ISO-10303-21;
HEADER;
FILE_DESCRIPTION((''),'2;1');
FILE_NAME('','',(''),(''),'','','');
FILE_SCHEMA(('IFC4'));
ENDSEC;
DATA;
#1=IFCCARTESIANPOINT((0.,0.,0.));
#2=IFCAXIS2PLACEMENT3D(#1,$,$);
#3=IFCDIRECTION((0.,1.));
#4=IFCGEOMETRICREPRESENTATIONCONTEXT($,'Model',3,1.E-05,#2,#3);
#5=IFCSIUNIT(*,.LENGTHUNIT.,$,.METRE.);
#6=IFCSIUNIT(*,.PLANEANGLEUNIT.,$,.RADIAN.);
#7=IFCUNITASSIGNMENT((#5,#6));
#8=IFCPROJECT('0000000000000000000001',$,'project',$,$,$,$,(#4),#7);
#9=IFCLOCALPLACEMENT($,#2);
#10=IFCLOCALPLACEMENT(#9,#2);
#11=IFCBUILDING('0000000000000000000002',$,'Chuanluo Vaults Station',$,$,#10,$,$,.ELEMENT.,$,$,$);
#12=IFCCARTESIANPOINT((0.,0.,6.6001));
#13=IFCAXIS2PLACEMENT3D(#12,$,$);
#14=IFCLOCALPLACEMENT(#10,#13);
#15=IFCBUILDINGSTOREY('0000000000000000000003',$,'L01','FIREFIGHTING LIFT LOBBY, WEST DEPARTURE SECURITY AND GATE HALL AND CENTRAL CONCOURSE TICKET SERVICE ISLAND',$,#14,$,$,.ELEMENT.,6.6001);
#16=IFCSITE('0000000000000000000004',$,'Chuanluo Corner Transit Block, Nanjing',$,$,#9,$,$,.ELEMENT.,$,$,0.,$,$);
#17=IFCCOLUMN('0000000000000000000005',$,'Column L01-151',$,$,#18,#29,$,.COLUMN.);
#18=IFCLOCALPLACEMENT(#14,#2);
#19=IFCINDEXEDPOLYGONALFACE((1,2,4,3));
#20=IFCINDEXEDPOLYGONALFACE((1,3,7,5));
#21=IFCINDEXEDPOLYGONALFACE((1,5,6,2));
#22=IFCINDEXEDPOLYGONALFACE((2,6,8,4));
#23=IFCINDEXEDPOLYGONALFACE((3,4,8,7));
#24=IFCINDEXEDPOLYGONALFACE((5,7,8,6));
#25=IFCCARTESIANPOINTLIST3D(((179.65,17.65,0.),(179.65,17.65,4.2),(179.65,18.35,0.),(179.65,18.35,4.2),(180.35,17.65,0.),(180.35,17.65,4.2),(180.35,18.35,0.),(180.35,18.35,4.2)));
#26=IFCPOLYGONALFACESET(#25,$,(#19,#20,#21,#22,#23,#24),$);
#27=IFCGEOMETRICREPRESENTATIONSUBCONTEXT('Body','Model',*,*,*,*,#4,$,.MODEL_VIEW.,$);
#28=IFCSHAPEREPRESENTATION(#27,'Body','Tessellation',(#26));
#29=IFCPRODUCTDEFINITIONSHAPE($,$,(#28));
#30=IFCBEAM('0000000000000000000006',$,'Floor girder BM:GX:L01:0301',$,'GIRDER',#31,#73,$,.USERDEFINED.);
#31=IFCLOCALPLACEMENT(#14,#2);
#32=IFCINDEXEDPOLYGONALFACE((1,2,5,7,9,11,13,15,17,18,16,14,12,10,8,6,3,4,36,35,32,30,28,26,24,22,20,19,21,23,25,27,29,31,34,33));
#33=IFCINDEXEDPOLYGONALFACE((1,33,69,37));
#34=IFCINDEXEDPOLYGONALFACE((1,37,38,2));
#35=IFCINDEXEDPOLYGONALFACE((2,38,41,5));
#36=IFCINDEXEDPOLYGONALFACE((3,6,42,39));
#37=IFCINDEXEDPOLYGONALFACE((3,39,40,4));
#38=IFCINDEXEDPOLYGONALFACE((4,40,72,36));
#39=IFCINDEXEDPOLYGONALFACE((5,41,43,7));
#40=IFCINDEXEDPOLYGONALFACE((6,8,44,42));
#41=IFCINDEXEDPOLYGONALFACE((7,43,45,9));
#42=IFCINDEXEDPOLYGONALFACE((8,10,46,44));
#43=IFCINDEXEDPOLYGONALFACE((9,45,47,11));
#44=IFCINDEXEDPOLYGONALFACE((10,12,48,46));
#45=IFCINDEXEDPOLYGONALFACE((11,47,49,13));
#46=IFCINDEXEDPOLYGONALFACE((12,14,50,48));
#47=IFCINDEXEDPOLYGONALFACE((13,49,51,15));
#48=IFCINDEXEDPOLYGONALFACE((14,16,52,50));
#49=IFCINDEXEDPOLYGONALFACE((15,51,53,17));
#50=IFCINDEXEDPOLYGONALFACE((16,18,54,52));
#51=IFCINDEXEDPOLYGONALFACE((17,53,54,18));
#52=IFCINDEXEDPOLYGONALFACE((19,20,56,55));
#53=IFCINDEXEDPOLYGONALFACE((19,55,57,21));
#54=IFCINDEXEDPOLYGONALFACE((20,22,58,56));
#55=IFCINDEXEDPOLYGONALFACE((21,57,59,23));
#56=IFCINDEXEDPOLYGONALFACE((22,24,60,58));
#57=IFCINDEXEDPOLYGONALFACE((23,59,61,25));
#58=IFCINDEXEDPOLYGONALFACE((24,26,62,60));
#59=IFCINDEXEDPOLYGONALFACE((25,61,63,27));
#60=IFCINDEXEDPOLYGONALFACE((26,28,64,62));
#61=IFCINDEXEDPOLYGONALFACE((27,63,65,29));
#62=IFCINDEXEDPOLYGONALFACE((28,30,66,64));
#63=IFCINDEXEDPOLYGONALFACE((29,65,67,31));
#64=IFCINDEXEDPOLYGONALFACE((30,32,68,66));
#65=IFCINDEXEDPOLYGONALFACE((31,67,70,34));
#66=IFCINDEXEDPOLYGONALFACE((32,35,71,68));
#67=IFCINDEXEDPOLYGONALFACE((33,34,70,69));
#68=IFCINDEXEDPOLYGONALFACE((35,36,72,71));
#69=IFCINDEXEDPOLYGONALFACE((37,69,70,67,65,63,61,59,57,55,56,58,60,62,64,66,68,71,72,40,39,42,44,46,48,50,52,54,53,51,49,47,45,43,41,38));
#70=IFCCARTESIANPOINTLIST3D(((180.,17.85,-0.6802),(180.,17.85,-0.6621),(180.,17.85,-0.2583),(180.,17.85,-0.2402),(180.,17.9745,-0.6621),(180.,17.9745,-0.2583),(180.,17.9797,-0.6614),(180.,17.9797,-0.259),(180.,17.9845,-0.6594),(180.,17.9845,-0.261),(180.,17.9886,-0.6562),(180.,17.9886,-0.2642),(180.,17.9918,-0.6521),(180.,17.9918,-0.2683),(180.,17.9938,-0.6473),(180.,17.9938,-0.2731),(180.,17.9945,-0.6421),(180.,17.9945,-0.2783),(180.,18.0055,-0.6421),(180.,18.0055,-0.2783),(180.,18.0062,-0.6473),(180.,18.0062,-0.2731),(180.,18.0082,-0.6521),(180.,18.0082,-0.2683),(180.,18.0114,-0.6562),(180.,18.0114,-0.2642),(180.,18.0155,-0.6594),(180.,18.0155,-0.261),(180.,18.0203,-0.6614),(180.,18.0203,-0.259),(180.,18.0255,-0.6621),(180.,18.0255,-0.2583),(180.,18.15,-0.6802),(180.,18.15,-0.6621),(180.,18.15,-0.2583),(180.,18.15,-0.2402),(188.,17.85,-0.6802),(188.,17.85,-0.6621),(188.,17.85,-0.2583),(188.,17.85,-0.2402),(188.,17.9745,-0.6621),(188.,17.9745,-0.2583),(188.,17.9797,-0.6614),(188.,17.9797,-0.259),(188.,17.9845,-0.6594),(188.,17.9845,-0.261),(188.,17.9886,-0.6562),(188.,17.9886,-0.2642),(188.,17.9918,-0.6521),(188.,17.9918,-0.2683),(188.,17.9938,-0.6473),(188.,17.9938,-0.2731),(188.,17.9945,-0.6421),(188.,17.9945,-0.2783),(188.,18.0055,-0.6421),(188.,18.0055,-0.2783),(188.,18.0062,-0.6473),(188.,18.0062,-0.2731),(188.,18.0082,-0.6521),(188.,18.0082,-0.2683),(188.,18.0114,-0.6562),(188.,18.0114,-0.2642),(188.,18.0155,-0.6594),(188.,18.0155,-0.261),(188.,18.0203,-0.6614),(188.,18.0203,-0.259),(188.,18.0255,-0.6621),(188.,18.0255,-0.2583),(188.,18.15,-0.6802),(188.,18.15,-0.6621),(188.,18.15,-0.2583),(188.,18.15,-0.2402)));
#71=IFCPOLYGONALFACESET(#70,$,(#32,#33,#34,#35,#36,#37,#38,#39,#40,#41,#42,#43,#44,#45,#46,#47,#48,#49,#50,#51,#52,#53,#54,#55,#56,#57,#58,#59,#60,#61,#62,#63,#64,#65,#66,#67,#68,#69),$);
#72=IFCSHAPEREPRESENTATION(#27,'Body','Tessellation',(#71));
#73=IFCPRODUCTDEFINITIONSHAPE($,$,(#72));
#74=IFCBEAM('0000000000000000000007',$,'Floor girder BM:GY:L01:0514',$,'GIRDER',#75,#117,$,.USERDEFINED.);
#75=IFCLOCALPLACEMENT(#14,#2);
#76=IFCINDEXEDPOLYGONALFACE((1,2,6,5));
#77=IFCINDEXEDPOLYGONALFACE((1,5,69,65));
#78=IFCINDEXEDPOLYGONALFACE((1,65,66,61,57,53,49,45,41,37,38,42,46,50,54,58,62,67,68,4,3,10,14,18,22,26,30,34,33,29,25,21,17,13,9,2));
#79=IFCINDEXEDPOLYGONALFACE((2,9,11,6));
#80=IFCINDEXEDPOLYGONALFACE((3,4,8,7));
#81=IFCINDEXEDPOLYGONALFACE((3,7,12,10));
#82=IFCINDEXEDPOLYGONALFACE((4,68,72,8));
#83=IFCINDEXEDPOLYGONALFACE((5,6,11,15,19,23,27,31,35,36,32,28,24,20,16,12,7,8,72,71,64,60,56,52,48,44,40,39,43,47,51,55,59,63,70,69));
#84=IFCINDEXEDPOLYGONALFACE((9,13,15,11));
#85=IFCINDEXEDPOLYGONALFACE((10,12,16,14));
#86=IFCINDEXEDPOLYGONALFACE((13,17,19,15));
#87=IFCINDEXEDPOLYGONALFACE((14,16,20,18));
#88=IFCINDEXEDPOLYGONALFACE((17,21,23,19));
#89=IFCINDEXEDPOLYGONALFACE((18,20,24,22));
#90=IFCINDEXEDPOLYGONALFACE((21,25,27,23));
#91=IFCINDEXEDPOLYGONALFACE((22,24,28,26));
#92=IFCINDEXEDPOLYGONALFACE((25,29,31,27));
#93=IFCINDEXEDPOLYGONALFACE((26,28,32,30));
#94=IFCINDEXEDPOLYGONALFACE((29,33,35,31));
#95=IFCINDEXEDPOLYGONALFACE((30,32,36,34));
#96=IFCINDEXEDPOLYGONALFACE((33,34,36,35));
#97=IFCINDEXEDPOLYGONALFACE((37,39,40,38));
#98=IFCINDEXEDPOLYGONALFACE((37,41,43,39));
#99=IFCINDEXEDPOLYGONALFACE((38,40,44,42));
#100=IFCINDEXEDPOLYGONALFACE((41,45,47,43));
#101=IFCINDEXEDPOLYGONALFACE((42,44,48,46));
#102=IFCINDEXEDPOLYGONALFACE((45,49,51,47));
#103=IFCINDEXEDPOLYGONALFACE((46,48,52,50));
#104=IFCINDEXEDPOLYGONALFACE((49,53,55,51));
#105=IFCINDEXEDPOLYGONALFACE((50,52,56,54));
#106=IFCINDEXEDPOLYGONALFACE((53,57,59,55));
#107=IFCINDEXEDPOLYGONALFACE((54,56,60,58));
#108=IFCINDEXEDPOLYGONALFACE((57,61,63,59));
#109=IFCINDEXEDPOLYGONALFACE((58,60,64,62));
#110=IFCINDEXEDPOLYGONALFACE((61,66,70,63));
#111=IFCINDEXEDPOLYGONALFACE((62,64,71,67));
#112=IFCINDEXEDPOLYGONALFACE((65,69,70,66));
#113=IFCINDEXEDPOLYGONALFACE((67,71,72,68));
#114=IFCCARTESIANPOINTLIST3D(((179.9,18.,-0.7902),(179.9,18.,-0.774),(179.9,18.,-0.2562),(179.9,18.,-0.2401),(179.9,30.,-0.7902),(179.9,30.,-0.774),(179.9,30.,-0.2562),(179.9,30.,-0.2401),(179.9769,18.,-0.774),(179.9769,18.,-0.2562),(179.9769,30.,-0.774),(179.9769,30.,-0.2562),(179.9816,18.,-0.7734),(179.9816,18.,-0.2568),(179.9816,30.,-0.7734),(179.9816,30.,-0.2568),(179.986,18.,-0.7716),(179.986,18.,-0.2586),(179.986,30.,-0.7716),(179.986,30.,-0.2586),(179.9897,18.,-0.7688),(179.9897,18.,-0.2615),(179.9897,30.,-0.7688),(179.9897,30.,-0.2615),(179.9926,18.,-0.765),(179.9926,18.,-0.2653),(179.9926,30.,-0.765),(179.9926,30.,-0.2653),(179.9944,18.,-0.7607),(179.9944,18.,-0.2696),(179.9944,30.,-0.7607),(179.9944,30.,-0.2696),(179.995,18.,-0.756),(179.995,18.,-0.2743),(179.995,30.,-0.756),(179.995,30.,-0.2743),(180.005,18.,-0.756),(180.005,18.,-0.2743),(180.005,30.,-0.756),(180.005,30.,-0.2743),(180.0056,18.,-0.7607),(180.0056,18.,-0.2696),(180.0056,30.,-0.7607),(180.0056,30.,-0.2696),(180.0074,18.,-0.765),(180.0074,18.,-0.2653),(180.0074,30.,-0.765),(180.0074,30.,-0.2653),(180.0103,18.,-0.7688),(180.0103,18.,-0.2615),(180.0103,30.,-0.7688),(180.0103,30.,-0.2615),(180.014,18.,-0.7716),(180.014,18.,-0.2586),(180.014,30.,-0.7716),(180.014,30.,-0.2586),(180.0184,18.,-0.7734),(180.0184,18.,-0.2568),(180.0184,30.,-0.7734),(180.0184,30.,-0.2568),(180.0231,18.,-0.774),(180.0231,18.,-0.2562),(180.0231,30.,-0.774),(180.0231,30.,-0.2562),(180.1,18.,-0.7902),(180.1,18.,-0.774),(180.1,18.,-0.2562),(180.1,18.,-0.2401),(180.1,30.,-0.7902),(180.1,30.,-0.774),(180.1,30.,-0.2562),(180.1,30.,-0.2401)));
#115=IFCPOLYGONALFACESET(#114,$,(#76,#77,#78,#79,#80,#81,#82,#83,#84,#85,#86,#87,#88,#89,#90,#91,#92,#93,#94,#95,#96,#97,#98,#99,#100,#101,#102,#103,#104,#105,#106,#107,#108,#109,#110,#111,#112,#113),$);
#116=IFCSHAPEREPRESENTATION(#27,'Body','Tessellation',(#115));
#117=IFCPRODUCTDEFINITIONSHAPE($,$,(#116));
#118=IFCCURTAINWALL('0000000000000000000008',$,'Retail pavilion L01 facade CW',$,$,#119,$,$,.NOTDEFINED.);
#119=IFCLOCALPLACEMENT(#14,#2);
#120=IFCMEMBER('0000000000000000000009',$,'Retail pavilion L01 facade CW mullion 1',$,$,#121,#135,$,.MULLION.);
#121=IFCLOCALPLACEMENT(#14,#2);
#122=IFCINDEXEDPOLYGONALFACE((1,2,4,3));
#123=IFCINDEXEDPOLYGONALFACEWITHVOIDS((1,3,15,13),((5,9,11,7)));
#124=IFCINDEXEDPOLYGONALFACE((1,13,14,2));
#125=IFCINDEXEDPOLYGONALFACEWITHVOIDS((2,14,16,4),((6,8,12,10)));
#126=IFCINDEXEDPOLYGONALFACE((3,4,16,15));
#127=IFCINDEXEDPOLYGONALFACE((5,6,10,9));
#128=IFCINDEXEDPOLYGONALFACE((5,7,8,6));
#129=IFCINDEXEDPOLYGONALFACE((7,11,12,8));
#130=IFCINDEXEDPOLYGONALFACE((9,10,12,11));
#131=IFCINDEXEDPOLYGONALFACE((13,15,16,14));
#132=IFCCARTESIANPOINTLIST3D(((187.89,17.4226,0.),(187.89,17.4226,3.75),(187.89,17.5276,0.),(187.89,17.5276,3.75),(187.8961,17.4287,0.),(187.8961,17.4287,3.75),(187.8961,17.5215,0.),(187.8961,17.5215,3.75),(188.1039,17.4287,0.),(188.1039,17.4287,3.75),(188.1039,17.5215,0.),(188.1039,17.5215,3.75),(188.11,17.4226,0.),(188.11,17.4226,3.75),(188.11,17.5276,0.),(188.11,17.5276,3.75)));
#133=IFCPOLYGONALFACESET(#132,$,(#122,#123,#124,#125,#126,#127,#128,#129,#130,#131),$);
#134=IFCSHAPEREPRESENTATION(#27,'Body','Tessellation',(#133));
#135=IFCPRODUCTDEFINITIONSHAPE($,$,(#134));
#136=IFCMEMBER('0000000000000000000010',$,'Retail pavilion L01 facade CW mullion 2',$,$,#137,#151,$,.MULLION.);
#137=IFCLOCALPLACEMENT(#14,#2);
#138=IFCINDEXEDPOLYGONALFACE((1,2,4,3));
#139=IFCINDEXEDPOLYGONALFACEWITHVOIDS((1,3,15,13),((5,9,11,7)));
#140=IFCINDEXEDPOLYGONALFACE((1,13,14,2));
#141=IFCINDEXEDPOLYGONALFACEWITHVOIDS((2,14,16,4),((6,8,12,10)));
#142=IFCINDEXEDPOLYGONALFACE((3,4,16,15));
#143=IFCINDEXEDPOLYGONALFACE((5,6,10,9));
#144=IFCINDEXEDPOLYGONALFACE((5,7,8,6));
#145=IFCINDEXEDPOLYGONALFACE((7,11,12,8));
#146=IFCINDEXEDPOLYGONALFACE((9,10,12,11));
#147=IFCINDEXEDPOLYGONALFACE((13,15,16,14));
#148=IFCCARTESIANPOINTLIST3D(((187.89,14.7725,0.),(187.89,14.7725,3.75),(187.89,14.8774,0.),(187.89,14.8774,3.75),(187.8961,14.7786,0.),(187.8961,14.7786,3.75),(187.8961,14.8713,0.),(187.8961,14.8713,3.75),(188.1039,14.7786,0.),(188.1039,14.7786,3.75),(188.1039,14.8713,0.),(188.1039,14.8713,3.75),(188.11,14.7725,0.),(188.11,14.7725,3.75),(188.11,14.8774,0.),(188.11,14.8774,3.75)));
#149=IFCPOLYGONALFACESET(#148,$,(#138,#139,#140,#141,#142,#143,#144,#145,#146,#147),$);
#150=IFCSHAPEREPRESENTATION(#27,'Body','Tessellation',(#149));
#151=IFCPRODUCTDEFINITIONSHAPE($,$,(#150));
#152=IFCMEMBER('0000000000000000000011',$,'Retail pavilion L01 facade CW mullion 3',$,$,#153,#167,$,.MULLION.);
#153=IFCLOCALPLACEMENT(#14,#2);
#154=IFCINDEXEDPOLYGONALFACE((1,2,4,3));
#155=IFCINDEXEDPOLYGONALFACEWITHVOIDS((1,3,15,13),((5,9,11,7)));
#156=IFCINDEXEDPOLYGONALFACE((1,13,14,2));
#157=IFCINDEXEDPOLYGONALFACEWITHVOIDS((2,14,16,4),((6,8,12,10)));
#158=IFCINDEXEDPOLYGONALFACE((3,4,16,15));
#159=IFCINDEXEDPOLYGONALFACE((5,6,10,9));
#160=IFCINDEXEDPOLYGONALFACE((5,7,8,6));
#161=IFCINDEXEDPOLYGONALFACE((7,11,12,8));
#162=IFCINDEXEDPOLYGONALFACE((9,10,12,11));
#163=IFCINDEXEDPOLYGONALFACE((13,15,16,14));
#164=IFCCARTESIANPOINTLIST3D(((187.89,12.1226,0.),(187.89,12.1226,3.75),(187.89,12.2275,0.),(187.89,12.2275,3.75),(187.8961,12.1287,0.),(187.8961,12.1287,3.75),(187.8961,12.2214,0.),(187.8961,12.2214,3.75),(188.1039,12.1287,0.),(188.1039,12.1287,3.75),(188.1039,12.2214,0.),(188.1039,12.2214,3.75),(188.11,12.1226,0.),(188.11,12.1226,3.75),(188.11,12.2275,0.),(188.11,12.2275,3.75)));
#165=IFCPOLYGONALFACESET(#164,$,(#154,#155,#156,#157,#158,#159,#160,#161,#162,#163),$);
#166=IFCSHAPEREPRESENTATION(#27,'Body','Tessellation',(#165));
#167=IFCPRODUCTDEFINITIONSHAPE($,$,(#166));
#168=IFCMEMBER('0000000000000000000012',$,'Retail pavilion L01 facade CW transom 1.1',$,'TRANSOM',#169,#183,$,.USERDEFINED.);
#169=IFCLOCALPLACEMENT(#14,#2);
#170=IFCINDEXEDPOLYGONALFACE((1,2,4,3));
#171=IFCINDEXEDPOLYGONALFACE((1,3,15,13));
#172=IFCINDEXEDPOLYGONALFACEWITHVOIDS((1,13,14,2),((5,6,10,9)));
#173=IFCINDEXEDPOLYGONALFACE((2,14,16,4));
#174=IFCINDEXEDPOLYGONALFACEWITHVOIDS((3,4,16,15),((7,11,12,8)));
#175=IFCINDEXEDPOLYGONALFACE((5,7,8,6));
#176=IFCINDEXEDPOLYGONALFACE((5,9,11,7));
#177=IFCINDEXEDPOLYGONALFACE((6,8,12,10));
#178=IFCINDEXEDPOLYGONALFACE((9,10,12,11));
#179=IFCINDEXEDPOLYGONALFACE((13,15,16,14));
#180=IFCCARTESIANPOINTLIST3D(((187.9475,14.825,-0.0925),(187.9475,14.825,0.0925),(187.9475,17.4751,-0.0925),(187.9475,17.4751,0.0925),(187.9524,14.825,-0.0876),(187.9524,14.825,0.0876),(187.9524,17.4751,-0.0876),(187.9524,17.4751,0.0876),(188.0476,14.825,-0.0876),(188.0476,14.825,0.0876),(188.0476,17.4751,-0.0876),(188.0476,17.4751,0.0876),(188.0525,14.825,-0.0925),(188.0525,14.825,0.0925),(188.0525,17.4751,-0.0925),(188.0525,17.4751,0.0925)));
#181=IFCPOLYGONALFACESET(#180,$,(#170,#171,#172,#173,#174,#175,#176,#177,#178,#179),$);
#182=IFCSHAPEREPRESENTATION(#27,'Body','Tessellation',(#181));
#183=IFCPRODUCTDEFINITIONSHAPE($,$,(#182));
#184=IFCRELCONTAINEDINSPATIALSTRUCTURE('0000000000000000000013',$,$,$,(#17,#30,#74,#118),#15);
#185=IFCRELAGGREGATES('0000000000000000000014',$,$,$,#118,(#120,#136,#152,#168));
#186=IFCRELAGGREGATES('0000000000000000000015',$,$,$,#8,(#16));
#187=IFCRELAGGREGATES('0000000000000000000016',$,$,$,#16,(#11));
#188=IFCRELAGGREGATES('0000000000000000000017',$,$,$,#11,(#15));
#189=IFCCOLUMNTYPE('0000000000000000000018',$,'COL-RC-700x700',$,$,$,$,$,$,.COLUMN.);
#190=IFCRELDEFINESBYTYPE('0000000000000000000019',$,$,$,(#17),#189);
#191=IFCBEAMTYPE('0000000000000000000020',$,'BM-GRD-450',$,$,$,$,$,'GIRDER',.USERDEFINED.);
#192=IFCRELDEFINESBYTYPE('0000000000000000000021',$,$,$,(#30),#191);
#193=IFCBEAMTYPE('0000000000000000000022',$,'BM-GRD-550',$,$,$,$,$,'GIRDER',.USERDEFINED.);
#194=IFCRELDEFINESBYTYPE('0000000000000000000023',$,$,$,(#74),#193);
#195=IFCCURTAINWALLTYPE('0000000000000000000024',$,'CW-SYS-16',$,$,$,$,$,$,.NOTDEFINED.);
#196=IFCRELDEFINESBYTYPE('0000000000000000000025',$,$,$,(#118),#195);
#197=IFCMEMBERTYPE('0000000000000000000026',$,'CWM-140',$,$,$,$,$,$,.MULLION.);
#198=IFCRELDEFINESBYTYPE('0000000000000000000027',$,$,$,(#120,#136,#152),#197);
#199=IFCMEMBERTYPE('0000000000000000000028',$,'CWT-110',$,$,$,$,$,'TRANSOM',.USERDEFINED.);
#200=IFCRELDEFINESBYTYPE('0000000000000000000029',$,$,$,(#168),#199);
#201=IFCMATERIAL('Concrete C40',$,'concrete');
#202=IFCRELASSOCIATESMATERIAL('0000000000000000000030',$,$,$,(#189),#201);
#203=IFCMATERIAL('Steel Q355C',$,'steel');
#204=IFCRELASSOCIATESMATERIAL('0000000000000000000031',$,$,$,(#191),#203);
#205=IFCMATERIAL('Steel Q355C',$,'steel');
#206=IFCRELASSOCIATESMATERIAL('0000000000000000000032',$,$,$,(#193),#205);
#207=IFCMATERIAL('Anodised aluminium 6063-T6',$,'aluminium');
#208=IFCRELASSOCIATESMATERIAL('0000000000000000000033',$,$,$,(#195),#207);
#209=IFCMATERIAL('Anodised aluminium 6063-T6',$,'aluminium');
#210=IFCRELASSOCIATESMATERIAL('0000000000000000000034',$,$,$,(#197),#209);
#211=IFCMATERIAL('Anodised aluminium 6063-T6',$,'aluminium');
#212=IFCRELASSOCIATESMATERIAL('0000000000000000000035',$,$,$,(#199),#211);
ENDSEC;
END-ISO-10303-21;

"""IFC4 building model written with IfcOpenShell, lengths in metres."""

from ifc_helpers import new_model, si_unit, direction, frame, origin, origin_2d, place, context, subcontext, project, spatial, rectangle, hollow_rectangle, i_section, extrude, material, material_profile, profile_set, type_object, element, aggregate, save


model = new_model("IFC4")

# Units and contexts
model_context = context("Model", 3, precision=1e-05, world=origin(), true_north=direction((0.0, 1.0)))
body_context = subcontext(model_context, "Body", "Model", "MODEL_VIEW")
ifc_project = project(units=[si_unit("LENGTHUNIT", "METRE"), si_unit("PLANEANGLEUNIT", "RADIAN")], contexts=[model_context])

# Site, building, storey
site_placement = place(None, origin())
site = spatial("IfcSite", under=ifc_project, at=site_placement, Name="Chuanluo Corner Transit Block, Nanjing", CompositionType="ELEMENT", RefElevation=0.0)
building_placement = place(site_placement, origin())
building = spatial("IfcBuilding", under=site, at=building_placement, Name="Chuanluo Vaults Station", CompositionType="ELEMENT")
storey_placement = place(building_placement, frame((0.0, 0.0, 6.6001)))
storey = spatial("IfcBuildingStorey", under=building, at=storey_placement, Name="L01", Description="FIREFIGHTING LIFT LOBBY, WEST DEPARTURE SECURITY AND GATE HALL AND CENTRAL CONCOURSE TICKET SERVICE ISLAND", CompositionType="ELEMENT", Elevation=6.6001)

# Column
ifc_material_1 = material(Name="Concrete C40", Category="concrete")
ifc_material_profile_1 = material_profile(ifc_material_1, rectangle(XDim=0.7, YDim=0.7, at=origin_2d()))
ifc_profile_set_1 = profile_set([ifc_material_profile_1], Name="Concrete C40")
column_type = type_object("IfcColumnType", Name="COL-RC-700x700", PredefinedType="COLUMN", material=ifc_profile_set_1)
column_placement = place(storey_placement, frame((180.0, 18.0, 0.0), z_axis=(0.0, 0.0, 1.0), x_axis=(1.0, 0.0, 0.0)))
element("IfcColumn", 1, at=column_placement, inside=storey, type_object=column_type, Name="Column L01-151", PredefinedType="COLUMN", context=body_context, shape_type="SweptSolid", body=[
    extrude(rectangle(XDim=0.7, YDim=0.7, at=origin_2d()), origin(), (0.0, 0.0, 1.0), 4.2),
])

# Beams
ifc_material_2 = material(Name="Steel Q355C", Category="steel")
ifc_material_profile_2 = material_profile(ifc_material_2, i_section(OverallWidth=0.3, OverallDepth=0.4399, WebThickness=0.011, FlangeThickness=0.0181, FilletRadius=0.02, at=origin_2d()))
ifc_profile_set_2 = profile_set([ifc_material_profile_2], Name="Steel Q355C")
beam_type_1 = type_object("IfcBeamType", Name="BM-GRD-450", ElementType="GIRDER", PredefinedType="USERDEFINED", material=ifc_profile_set_2)
beam_1_placement = place(storey_placement, frame((180.0, 18.0, -0.4602), z_axis=(1.0, 0.0, 0.0), x_axis=(0.0, 1.0, 0.0)))
element("IfcBeam", 2, at=beam_1_placement, inside=storey, type_object=beam_type_1, Name="Floor girder BM:GX:L01:0301", ObjectType="GIRDER", PredefinedType="USERDEFINED", context=body_context, shape_type="SweptSolid", body=[
    extrude(i_section(OverallWidth=0.3, OverallDepth=0.4399, WebThickness=0.011, FlangeThickness=0.0181, FilletRadius=0.02, at=origin_2d()), origin(), (0.0, 0.0, 1.0), 8.0),
])
ifc_material_3 = material(Name="Steel Q355C", Category="steel")
ifc_material_profile_3 = material_profile(ifc_material_3, i_section(OverallWidth=0.2, OverallDepth=0.55, WebThickness=0.01, FlangeThickness=0.0161, FilletRadius=0.0181, at=origin_2d()))
ifc_profile_set_3 = profile_set([ifc_material_profile_3], Name="Steel Q355C")
beam_type_2 = type_object("IfcBeamType", Name="BM-GRD-550", ElementType="GIRDER", PredefinedType="USERDEFINED", material=ifc_profile_set_3)
beam_2_placement = place(storey_placement, frame((180.0, 18.0, -0.5151), z_axis=(0.0, 1.0, 0.0), x_axis=(-1.0, 0.0, 0.0)))
element("IfcBeam", 3, at=beam_2_placement, inside=storey, type_object=beam_type_2, Name="Floor girder BM:GY:L01:0514", ObjectType="GIRDER", PredefinedType="USERDEFINED", context=body_context, shape_type="SweptSolid", body=[
    extrude(i_section(OverallWidth=0.2, OverallDepth=0.55, WebThickness=0.01, FlangeThickness=0.0161, FilletRadius=0.0181, at=origin_2d()), origin(), (0.0, 0.0, 1.0), 12.0),
])

# Curtain wall, members
ifc_material_4 = material(Name="Anodised aluminium 6063-T6", Category="aluminium")
curtain_wall_type = type_object("IfcCurtainWallType", Name="CW-SYS-16", PredefinedType="NOTDEFINED", material=ifc_material_4)
curtain_wall_placement = place(storey_placement, origin())
curtain_wall = element("IfcCurtainWall", 4, at=curtain_wall_placement, inside=storey, type_object=curtain_wall_type, Name="Retail pavilion L01 facade CW", PredefinedType="NOTDEFINED")
ifc_material_5 = material(Name="Anodised aluminium 6063-T6", Category="aluminium")
ifc_material_profile_4 = material_profile(ifc_material_5, hollow_rectangle(XDim=0.105, YDim=0.22, WallThickness=0.0061, at=origin_2d()))
ifc_profile_set_4 = profile_set([ifc_material_profile_4], Name="Anodised aluminium 6063-T6")
member_type_1 = type_object("IfcMemberType", Name="CWM-140", PredefinedType="MULLION", material=ifc_profile_set_4)
member_1_placement = place(storey_placement, frame((188.0, 17.4751, 0.0), z_axis=(0.0, 0.0, 1.0), x_axis=(0.0, -1.0, 0.0)))
member_1 = element("IfcMember", 5, at=member_1_placement, type_object=member_type_1, Name="Retail pavilion L01 facade CW mullion 1", PredefinedType="MULLION", context=body_context, shape_type="SweptSolid", body=[
    extrude(hollow_rectangle(XDim=0.105, YDim=0.22, WallThickness=0.0061, at=origin_2d()), origin(), (0.0, 0.0, 1.0), 3.75),
])
member_2_placement = place(storey_placement, frame((188.0, 14.825, 0.0), z_axis=(0.0, 0.0, 1.0), x_axis=(0.0, -1.0, 0.0)))
member_2 = element("IfcMember", 6, at=member_2_placement, type_object=member_type_1, Name="Retail pavilion L01 facade CW mullion 2", PredefinedType="MULLION", context=body_context, shape_type="SweptSolid", body=[
    extrude(hollow_rectangle(XDim=0.105, YDim=0.22, WallThickness=0.0061, at=origin_2d()), origin(), (0.0, 0.0, 1.0), 3.75),
])
member_3_placement = place(storey_placement, frame((188.0, 12.175, 0.0), z_axis=(0.0, 0.0, 1.0), x_axis=(0.0, -1.0, 0.0)))
member_3 = element("IfcMember", 7, at=member_3_placement, type_object=member_type_1, Name="Retail pavilion L01 facade CW mullion 3", PredefinedType="MULLION", context=body_context, shape_type="SweptSolid", body=[
    extrude(hollow_rectangle(XDim=0.105, YDim=0.22, WallThickness=0.0061, at=origin_2d()), origin(), (0.0, 0.0, 1.0), 3.75),
])
ifc_material_6 = material(Name="Anodised aluminium 6063-T6", Category="aluminium")
ifc_material_profile_5 = material_profile(ifc_material_6, hollow_rectangle(XDim=0.105, YDim=0.1851, WallThickness=0.0049, at=origin_2d()))
ifc_profile_set_5 = profile_set([ifc_material_profile_5], Name="Anodised aluminium 6063-T6")
member_type_2 = type_object("IfcMemberType", Name="CWT-110", ElementType="TRANSOM", PredefinedType="USERDEFINED", material=ifc_profile_set_5)
member_4_placement = place(storey_placement, frame((188.0, 17.4751, 0.0), z_axis=(0.0, -1.0, 0.0), x_axis=(1.0, 0.0, 0.0)))
member_4 = element("IfcMember", 8, at=member_4_placement, type_object=member_type_2, Name="Retail pavilion L01 facade CW transom 1.1", ObjectType="TRANSOM", PredefinedType="USERDEFINED", context=body_context, shape_type="SweptSolid", body=[
    extrude(hollow_rectangle(XDim=0.105, YDim=0.1851, WallThickness=0.0049, at=origin_2d()), origin(), (0.0, 0.0, 1.0), 2.6501),
])
aggregate(curtain_wall, [member_1, member_2, member_3, member_4])

save(model, "model.ifc")
